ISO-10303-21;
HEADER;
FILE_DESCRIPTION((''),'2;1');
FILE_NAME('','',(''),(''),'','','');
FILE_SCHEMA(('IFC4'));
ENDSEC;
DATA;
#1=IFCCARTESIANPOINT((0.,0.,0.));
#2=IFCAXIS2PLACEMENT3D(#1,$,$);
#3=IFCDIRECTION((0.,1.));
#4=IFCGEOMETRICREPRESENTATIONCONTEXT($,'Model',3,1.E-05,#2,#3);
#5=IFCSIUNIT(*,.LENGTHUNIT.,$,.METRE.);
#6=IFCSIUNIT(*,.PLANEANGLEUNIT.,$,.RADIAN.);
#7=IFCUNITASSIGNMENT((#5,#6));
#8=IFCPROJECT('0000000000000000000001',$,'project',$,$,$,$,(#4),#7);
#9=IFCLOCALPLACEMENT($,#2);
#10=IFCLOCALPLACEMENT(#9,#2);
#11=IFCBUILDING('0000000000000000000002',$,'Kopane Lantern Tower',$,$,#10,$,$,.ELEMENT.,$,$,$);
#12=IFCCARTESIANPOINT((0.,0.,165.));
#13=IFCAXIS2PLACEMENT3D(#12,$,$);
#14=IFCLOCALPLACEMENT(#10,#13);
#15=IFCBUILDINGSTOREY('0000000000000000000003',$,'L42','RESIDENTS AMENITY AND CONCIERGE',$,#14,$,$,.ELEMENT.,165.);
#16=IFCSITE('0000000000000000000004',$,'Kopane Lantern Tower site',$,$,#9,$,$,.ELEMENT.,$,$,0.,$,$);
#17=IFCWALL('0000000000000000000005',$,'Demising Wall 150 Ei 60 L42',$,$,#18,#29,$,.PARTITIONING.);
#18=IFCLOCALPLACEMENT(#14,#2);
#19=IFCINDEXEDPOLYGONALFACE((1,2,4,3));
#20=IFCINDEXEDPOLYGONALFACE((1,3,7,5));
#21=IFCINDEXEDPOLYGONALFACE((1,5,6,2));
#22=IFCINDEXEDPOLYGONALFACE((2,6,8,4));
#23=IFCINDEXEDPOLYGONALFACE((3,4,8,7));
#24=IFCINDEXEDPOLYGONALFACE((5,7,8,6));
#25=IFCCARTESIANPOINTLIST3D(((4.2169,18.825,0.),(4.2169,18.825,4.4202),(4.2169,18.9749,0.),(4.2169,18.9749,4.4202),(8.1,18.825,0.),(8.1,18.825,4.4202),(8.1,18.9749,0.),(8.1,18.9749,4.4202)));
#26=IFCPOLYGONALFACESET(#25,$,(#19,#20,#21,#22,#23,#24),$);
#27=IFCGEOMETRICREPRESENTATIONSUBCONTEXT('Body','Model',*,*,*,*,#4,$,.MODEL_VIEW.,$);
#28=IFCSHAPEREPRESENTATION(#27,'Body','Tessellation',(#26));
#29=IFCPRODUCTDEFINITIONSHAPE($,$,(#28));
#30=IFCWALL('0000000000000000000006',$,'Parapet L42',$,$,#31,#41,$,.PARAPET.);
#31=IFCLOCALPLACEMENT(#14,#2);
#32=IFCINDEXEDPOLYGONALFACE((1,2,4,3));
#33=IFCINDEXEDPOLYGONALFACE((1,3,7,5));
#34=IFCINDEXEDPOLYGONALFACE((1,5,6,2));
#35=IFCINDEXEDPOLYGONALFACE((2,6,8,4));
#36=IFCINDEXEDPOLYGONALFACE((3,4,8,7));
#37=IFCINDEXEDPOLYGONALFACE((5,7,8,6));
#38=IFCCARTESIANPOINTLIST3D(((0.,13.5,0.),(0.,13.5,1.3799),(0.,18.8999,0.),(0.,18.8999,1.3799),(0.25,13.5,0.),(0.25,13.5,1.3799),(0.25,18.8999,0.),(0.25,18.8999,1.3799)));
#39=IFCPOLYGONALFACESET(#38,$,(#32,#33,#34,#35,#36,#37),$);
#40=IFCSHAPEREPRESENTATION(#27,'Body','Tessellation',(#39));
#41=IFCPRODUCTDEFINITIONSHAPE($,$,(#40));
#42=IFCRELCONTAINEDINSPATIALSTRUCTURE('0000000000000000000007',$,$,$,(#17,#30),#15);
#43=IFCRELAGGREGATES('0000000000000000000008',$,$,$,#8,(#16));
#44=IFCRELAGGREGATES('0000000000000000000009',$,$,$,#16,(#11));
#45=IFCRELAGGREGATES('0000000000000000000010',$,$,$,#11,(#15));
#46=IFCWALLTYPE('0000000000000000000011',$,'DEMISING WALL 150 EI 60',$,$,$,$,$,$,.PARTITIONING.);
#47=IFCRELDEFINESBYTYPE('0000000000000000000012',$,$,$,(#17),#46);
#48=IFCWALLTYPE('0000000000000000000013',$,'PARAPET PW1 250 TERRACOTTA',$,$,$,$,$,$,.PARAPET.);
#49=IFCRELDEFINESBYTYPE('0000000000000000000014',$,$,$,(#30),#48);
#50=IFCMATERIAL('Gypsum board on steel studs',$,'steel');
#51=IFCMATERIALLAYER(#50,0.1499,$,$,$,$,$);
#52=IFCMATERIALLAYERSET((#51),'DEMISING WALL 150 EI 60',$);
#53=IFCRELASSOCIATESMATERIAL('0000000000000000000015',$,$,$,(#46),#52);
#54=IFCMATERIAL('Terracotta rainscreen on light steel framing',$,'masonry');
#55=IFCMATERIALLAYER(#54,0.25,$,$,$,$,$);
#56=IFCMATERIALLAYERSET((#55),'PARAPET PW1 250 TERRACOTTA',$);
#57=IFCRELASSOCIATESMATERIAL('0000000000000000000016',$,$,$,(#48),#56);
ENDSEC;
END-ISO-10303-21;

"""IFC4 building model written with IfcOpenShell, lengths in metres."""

from ifc_helpers import new_model, si_unit, direction, frame, frame_2d, origin, place, context, subcontext, project, spatial, rectangle, extrude, material, layer, layer_set, type_object, element, save


model = new_model("IFC4")

# Units and contexts
model_context = context("Model", 3, precision=1e-05, world=origin(), true_north=direction((0.0, 1.0)))
body_context = subcontext(model_context, "Body", "Model", "MODEL_VIEW")
ifc_project = project(units=[si_unit("LENGTHUNIT", "METRE"), si_unit("PLANEANGLEUNIT", "RADIAN")], contexts=[model_context])

# Site, building, storey
site_placement = place(None, origin())
site = spatial("IfcSite", under=ifc_project, at=site_placement, Name="Kopane Lantern Tower site", CompositionType="ELEMENT", RefElevation=0.0)
building_placement = place(site_placement, origin())
building = spatial("IfcBuilding", under=site, at=building_placement, Name="Kopane Lantern Tower", CompositionType="ELEMENT")
storey_placement = place(building_placement, frame((0.0, 0.0, 165.0)))
storey = spatial("IfcBuildingStorey", under=building, at=storey_placement, Name="L42", Description="RESIDENTS AMENITY AND CONCIERGE", CompositionType="ELEMENT", Elevation=165.0)

# Walls
ifc_material_1 = material(Name="Gypsum board on steel studs", Category="steel")
ifc_layer_1 = layer(ifc_material_1, 0.1499)
ifc_layer_set_1 = layer_set([ifc_layer_1], Name="DEMISING WALL 150 EI 60")
wall_type_1 = type_object("IfcWallType", Name="DEMISING WALL 150 EI 60", PredefinedType="PARTITIONING", material=ifc_layer_set_1)
wall_1_placement = place(storey_placement, frame((4.217, 18.8999, 0.0), z_axis=(0.0, 0.0, 1.0), x_axis=(1.0, 0.0, 0.0)))
element("IfcWall", 1, at=wall_1_placement, inside=storey, type_object=wall_type_1, Name="Demising Wall 150 Ei 60 L42", PredefinedType="PARTITIONING", context=body_context, shape_type="SweptSolid", body=[
    extrude(rectangle(XDim=3.8831, YDim=0.1499, at=frame_2d((1.9414, 0.0))), origin(), (0.0, 0.0, 1.0), 4.4202),
])
ifc_material_2 = material(Name="Terracotta rainscreen on light steel framing", Category="masonry")
ifc_layer_2 = layer(ifc_material_2, 0.25)
ifc_layer_set_2 = layer_set([ifc_layer_2], Name="PARAPET PW1 250 TERRACOTTA")
wall_type_2 = type_object("IfcWallType", Name="PARAPET PW1 250 TERRACOTTA", PredefinedType="PARAPET", material=ifc_layer_set_2)
wall_2_placement = place(storey_placement, frame((0.125, 18.8999, 0.0), z_axis=(0.0, 0.0, 1.0), x_axis=(0.0, -1.0, 0.0)))
element("IfcWall", 2, at=wall_2_placement, inside=storey, type_object=wall_type_2, Name="Parapet L42", PredefinedType="PARAPET", context=body_context, shape_type="SweptSolid", body=[
    extrude(rectangle(XDim=5.3999, YDim=0.25, at=frame_2d((2.7, 0.0))), origin(), (0.0, 0.0, 1.0), 1.3799),
])

save(model, "model.ifc")
